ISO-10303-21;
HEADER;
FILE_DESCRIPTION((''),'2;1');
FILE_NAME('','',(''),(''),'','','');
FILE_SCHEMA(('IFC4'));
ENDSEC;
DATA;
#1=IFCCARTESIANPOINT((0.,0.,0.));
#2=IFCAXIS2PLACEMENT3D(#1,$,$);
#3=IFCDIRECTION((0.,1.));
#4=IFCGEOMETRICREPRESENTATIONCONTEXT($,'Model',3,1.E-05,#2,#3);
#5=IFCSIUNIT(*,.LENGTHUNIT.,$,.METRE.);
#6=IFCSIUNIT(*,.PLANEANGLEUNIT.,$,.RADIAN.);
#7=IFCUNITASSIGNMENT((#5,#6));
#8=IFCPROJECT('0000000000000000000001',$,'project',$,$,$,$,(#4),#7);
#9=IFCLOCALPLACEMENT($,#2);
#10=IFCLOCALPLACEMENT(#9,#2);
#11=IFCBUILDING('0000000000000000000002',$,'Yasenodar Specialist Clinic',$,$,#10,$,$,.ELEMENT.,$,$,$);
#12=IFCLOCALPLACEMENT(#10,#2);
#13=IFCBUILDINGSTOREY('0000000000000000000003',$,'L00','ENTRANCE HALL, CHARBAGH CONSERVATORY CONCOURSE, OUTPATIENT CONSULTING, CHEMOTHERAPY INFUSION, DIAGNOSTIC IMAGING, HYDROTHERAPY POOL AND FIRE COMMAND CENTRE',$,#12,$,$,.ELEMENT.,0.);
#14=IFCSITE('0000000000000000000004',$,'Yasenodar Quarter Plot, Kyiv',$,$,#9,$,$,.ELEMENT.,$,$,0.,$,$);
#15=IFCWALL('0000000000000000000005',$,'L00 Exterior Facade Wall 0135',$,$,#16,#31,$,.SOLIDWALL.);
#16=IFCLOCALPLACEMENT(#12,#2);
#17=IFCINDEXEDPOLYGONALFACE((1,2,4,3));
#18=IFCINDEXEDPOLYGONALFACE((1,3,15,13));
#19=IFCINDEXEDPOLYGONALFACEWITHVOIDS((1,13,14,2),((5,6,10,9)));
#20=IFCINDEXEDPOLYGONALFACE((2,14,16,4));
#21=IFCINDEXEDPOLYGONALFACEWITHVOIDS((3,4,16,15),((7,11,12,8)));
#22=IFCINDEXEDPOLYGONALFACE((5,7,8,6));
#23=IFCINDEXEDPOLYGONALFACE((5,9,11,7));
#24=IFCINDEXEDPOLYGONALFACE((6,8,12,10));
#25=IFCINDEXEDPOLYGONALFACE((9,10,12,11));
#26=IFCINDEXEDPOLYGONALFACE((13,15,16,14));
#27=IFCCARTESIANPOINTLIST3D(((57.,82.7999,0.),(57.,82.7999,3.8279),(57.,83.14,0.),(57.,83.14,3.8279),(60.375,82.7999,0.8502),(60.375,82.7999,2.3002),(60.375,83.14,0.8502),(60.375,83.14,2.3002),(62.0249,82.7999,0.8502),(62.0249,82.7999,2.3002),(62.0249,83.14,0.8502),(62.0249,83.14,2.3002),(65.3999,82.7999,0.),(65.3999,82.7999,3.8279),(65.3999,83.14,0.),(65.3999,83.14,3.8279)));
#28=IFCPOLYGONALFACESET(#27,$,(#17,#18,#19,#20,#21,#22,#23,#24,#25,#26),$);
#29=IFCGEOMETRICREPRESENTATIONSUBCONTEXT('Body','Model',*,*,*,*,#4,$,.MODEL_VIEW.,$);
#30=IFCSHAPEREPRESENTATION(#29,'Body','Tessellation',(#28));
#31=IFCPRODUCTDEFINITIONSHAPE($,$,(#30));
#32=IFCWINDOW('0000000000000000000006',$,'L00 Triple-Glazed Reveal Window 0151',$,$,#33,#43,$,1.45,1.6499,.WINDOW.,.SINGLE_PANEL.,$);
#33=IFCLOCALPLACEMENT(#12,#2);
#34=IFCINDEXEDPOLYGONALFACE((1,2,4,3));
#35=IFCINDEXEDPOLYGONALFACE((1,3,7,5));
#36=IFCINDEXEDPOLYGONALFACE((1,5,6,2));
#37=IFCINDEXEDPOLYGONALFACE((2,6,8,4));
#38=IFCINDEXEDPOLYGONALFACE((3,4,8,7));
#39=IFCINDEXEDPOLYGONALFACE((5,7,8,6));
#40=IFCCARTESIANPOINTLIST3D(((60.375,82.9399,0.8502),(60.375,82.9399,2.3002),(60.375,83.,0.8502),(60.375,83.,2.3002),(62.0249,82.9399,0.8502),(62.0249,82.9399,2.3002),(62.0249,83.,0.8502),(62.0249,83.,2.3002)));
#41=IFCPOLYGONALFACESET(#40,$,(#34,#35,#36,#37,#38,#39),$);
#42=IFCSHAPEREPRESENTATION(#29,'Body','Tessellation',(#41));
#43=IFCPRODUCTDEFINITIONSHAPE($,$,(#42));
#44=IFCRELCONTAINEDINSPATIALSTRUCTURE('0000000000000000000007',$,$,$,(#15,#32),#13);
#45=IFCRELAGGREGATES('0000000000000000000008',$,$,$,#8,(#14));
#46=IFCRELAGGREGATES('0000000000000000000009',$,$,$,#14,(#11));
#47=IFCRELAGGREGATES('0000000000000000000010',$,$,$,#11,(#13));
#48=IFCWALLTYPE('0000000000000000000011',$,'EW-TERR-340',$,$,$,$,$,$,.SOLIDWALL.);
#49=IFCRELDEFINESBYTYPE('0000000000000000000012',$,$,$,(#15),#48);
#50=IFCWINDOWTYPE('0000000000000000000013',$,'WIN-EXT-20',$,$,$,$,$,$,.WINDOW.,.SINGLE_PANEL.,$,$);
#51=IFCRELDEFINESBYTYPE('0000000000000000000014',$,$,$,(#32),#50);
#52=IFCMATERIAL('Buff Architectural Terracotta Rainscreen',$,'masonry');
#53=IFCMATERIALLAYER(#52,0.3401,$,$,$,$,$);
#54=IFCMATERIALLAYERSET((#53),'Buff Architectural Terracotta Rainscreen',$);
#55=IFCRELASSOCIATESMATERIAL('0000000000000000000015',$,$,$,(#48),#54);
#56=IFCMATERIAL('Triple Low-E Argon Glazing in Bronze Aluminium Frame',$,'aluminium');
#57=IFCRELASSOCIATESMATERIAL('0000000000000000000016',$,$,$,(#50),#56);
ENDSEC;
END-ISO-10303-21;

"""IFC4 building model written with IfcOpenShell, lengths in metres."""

from ifc_helpers import new_model, si_unit, direction, frame, frame_2d, origin, place, context, subcontext, project, spatial, rectangle, extrude, material, layer, layer_set, type_object, element, fill, save


model = new_model("IFC4")

# Units and contexts
model_context = context("Model", 3, precision=1e-05, world=origin(), true_north=direction((0.0, 1.0)))
body_context = subcontext(model_context, "Body", "Model", "MODEL_VIEW")
ifc_project = project(units=[si_unit("LENGTHUNIT", "METRE"), si_unit("PLANEANGLEUNIT", "RADIAN")], contexts=[model_context])

# Site, building, storey
site_placement = place(None, origin())
site = spatial("IfcSite", under=ifc_project, at=site_placement, Name="Yasenodar Quarter Plot, Kyiv", CompositionType="ELEMENT", RefElevation=0.0)
building_placement = place(site_placement, origin())
building = spatial("IfcBuilding", under=site, at=building_placement, Name="Yasenodar Specialist Clinic", CompositionType="ELEMENT")
storey_placement = place(building_placement, origin())
storey = spatial("IfcBuildingStorey", under=building, at=storey_placement, Name="L00", Description="ENTRANCE HALL, CHARBAGH CONSERVATORY CONCOURSE, OUTPATIENT CONSULTING, CHEMOTHERAPY INFUSION, DIAGNOSTIC IMAGING, HYDROTHERAPY POOL AND FIRE COMMAND CENTRE", CompositionType="ELEMENT", Elevation=0.0)

# Wall, opening, window
ifc_material_1 = material(Name="Buff Architectural Terracotta Rainscreen", Category="masonry")
ifc_layer_1 = layer(ifc_material_1, 0.3401)
ifc_layer_set_1 = layer_set([ifc_layer_1], Name="Buff Architectural Terracotta Rainscreen")
wall_type = type_object("IfcWallType", Name="EW-TERR-340", PredefinedType="SOLIDWALL", material=ifc_layer_set_1)
wall_placement = place(storey_placement, frame((65.3999, 82.97, 0.0), z_axis=(0.0, 0.0, 1.0), x_axis=(-1.0, 0.0, 0.0)))
wall = element("IfcWall", 1, at=wall_placement, inside=storey, type_object=wall_type, Name="L00 Exterior Facade Wall 0135", PredefinedType="SOLIDWALL", context=body_context, shape_type="SweptSolid", body=[
    extrude(rectangle(XDim=8.3999, YDim=0.3401, at=frame_2d((4.2, 0.0))), origin(), (0.0, 0.0, 1.0), 3.8279),
])
opening_placement = place(wall_placement, frame((3.375, 0.0, 0.8501)))
opening = element("IfcOpeningElement", 2, at=opening_placement, cuts=wall, PredefinedType="OPENING", context=body_context, shape_type="SweptSolid", body=[
    extrude(rectangle(XDim=1.6499, YDim=1.45, at=frame_2d((0.825, 0.7251))), frame((0.0, 0.1802, 0.0), z_axis=(0.0, -1.0, 0.0), x_axis=(1.0, 0.0, 0.0)), (0.0, 0.0, 1.0), 0.3601),
])
ifc_material_2 = material(Name="Triple Low-E Argon Glazing in Bronze Aluminium Frame", Category="aluminium")
window_type = type_object("IfcWindowType", Name="WIN-EXT-20", PartitioningType="SINGLE_PANEL", PredefinedType="WINDOW", material=ifc_material_2)
window_placement = place(opening_placement, origin())
window = element("IfcWindow", 3, at=window_placement, inside=storey, type_object=window_type, Name="L00 Triple-Glazed Reveal Window 0151", OverallHeight=1.45, OverallWidth=1.6499, PartitioningType="SINGLE_PANEL", PredefinedType="WINDOW", context=body_context, shape_type="SweptSolid", body=[
    extrude(rectangle(XDim=1.6499, YDim=1.45, at=frame_2d((0.825, 0.7251))), frame((0.0, 0.03, 0.0), z_axis=(0.0, -1.0, 0.0), x_axis=(1.0, 0.0, 0.0)), (0.0, 0.0, 1.0), 0.0601),
])
fill(opening, window)

save(model, "model.ifc")
